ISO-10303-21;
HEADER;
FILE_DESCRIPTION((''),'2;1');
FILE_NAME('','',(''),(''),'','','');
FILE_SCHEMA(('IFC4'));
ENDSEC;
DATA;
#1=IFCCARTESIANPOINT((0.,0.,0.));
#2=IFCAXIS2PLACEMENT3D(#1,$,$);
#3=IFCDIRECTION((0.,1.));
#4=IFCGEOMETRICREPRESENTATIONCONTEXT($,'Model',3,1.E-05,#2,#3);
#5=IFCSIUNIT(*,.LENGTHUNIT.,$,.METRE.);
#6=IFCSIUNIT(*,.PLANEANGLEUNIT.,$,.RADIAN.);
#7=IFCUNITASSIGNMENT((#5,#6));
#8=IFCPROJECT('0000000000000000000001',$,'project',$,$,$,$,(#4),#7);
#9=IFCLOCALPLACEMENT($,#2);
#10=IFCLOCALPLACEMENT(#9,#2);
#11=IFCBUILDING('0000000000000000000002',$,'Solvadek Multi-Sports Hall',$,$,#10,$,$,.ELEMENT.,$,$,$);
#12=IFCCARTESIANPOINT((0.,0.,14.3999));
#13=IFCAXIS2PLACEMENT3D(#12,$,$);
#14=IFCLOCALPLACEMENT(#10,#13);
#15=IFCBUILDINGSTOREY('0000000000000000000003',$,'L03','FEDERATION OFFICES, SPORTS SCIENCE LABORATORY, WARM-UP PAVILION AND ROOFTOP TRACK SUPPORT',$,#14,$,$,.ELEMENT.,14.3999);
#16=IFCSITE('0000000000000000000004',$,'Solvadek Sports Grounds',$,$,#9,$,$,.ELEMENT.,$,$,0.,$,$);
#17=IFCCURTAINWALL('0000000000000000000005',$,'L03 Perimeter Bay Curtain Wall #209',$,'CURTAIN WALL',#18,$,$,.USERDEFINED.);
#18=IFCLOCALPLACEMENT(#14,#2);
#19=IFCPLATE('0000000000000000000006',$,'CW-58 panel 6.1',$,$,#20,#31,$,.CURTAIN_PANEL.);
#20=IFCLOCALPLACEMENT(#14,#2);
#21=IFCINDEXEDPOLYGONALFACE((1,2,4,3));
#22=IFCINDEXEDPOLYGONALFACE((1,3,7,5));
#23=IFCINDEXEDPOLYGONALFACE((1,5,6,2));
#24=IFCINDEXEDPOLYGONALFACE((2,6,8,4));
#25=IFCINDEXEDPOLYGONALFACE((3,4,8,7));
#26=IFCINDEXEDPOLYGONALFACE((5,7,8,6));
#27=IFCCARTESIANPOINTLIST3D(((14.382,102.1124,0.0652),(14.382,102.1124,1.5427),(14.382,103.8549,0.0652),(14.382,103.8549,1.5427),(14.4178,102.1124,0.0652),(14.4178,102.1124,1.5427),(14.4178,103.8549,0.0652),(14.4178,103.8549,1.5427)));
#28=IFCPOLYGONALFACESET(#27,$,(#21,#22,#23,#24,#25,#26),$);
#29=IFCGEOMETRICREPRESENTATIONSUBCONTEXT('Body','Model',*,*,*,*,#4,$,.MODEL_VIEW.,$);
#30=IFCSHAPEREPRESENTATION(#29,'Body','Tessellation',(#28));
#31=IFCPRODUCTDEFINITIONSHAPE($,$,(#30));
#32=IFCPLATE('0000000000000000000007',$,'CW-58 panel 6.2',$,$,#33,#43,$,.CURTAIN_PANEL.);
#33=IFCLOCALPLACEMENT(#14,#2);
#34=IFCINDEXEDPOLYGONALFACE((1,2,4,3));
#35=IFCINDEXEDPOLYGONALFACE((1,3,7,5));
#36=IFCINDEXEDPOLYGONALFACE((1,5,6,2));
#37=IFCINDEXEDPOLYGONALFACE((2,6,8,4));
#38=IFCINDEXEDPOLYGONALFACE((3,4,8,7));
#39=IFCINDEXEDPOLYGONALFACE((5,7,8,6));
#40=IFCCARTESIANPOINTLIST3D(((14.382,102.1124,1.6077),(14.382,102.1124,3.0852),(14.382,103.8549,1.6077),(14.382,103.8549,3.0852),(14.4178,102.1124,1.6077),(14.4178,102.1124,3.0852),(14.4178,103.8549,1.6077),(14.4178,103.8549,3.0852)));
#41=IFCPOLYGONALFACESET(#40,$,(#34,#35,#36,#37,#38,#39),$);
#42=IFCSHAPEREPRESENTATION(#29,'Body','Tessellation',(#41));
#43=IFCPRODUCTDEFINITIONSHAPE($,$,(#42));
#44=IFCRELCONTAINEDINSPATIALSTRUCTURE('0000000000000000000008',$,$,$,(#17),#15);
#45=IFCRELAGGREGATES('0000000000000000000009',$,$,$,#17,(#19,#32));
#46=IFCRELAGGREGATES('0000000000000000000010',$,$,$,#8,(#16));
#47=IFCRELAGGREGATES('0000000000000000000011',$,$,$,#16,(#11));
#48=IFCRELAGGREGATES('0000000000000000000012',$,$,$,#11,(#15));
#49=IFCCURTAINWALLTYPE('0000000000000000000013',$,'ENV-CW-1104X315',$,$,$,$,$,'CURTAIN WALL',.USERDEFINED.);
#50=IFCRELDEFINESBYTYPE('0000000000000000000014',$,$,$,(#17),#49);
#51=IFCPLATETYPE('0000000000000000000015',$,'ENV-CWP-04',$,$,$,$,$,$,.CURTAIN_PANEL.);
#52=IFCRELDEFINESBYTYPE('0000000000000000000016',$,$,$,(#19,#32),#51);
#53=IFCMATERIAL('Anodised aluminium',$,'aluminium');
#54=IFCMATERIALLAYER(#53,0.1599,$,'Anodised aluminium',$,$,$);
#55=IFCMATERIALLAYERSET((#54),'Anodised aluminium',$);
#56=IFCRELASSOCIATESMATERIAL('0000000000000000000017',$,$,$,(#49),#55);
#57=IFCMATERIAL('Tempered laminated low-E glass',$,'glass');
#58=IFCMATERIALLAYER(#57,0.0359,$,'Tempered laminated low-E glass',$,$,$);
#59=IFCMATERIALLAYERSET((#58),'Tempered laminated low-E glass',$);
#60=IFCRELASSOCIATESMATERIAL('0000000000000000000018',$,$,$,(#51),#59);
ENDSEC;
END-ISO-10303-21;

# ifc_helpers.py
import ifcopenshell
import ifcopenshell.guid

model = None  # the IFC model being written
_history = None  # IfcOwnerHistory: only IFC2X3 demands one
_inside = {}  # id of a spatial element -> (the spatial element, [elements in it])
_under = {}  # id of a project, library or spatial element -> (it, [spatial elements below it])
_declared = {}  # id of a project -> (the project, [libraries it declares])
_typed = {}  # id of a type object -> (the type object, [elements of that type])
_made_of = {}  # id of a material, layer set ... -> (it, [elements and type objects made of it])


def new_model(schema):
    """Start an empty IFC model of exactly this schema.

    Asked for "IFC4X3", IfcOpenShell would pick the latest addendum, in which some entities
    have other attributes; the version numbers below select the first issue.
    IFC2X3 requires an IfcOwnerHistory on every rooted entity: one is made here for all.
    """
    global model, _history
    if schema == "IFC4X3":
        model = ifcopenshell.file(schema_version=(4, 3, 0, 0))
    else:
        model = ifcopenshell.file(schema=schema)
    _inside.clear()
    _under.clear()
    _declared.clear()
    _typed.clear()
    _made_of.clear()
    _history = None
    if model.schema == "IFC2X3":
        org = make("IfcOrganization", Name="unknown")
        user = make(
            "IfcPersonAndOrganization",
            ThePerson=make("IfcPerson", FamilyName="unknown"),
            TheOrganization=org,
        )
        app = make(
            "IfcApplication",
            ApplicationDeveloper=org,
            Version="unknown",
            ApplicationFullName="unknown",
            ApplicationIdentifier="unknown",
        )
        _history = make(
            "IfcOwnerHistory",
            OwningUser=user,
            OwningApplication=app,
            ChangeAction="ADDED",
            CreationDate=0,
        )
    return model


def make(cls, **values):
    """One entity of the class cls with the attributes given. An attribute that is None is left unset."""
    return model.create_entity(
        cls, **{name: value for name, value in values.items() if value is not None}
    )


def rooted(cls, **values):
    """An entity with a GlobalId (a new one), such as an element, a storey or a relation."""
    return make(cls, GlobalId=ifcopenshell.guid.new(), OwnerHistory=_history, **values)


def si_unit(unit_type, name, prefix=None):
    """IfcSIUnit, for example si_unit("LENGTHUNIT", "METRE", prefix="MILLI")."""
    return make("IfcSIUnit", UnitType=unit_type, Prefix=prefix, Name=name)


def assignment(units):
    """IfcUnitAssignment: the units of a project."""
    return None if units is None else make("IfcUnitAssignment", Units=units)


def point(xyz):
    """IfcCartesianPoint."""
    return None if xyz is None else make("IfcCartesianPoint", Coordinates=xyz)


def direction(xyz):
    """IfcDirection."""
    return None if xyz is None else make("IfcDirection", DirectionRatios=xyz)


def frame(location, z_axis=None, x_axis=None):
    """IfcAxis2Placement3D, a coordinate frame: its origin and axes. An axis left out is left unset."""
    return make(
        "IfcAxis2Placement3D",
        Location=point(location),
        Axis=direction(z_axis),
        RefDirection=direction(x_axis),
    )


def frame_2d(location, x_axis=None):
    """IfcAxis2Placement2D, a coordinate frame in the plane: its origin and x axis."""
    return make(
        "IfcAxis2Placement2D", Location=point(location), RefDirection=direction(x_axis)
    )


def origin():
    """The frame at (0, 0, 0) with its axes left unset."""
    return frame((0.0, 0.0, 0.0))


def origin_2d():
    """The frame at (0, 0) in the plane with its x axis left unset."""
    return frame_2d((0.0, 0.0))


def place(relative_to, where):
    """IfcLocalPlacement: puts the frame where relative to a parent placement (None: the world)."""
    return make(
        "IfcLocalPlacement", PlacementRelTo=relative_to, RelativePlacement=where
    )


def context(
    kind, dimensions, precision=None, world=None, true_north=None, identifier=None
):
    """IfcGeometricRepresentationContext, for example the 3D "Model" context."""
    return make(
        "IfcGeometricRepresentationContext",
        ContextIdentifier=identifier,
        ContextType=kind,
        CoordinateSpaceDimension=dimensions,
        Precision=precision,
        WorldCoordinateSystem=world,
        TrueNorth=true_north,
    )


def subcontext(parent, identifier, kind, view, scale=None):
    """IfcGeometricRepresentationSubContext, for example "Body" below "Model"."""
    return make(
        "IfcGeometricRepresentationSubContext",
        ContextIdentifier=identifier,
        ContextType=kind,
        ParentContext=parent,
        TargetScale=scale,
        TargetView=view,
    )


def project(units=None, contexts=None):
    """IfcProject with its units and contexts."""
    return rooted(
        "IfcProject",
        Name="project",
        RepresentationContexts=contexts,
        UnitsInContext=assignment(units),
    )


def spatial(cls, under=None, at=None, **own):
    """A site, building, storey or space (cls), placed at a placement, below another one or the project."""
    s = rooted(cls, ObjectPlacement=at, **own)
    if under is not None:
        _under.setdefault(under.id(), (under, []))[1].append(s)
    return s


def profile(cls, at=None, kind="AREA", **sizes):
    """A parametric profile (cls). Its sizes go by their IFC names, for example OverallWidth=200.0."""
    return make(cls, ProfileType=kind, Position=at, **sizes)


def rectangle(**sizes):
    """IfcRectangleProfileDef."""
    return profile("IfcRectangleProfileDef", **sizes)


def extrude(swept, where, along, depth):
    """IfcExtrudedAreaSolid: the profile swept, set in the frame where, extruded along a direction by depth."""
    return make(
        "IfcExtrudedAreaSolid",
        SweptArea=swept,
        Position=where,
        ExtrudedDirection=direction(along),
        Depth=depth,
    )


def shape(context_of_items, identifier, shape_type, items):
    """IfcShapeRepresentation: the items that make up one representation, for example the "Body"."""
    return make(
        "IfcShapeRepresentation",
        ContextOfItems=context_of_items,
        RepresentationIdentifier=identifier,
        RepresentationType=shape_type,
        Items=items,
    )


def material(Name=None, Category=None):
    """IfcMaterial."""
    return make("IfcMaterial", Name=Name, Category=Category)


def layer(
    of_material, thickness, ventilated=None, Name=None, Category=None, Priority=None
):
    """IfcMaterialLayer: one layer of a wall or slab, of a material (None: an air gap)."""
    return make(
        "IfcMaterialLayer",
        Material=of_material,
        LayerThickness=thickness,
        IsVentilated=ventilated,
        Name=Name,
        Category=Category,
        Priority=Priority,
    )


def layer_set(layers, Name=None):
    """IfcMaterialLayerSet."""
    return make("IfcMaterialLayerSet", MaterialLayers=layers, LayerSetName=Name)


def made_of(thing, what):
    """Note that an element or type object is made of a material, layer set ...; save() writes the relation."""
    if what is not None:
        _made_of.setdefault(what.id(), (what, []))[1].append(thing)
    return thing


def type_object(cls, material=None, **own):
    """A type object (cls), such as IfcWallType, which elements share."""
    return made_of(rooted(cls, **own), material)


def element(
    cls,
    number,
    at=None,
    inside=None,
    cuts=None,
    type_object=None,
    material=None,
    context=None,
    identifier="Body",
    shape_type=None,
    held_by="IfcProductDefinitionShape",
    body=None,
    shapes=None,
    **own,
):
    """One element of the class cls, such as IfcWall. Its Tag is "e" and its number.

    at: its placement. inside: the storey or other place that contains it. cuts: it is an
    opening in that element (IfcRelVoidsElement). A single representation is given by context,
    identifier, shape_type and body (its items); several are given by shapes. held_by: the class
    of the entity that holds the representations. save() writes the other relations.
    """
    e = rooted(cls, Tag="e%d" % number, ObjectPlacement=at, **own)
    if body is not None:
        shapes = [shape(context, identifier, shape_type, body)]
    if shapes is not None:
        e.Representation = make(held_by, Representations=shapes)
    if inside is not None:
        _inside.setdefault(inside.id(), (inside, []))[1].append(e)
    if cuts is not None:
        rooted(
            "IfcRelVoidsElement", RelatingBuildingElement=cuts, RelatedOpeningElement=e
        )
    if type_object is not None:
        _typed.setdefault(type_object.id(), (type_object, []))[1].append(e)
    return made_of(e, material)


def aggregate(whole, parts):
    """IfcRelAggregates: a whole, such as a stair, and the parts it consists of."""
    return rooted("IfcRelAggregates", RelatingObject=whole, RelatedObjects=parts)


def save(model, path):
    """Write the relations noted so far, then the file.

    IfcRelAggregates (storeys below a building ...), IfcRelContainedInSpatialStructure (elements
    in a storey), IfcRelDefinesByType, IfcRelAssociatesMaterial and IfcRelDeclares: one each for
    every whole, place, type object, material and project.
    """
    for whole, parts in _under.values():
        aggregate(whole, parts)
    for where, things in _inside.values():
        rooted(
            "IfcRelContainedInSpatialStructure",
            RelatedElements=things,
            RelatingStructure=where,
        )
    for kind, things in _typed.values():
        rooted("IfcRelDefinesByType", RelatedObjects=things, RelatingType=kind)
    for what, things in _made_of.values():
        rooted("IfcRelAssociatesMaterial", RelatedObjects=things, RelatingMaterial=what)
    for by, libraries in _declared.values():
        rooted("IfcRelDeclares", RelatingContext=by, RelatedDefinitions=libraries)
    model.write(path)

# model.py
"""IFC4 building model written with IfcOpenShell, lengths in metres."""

from ifc_helpers import new_model, si_unit, direction, frame, origin, origin_2d, place, context, subcontext, project, spatial, rectangle, extrude, material, layer, layer_set, type_object, element, aggregate, save


model = new_model("IFC4")

# Units and contexts
model_context = context("Model", 3, precision=1e-05, world=origin(), true_north=direction((0.0, 1.0)))
body_context = subcontext(model_context, "Body", "Model", "MODEL_VIEW")
ifc_project = project(units=[si_unit("LENGTHUNIT", "METRE"), si_unit("PLANEANGLEUNIT", "RADIAN")], contexts=[model_context])

# Site, building, storey
site_placement = place(None, origin())
site = spatial("IfcSite", under=ifc_project, at=site_placement, Name="Solvadek Sports Grounds", CompositionType="ELEMENT", RefElevation=0.0)
building_placement = place(site_placement, origin())
building = spatial("IfcBuilding", under=site, at=building_placement, Name="Solvadek Multi-Sports Hall", CompositionType="ELEMENT")
storey_placement = place(building_placement, frame((0.0, 0.0, 14.3999)))
storey = spatial("IfcBuildingStorey", under=building, at=storey_placement, Name="L03", Description="FEDERATION OFFICES, SPORTS SCIENCE LABORATORY, WARM-UP PAVILION AND ROOFTOP TRACK SUPPORT", CompositionType="ELEMENT", Elevation=14.3999)

# Curtain wall
ifc_material_1 = material(Name="Anodised aluminium", Category="aluminium")
ifc_layer_1 = layer(ifc_material_1, 0.1599, Name="Anodised aluminium")
ifc_layer_set_1 = layer_set([ifc_layer_1], Name="Anodised aluminium")
curtain_wall_type_1 = type_object("IfcCurtainWallType", Name="ENV-CW-1104X315", ElementType="CURTAIN WALL", PredefinedType="USERDEFINED", material=ifc_layer_set_1)
curtain_wall_1_placement = place(storey_placement, origin())
curtain_wall_1 = element("IfcCurtainWall", 1, at=curtain_wall_1_placement, inside=storey, type_object=curtain_wall_type_1, Name="L03 Perimeter Bay Curtain Wall #209", ObjectType="CURTAIN WALL", PredefinedType="USERDEFINED")

# Plates
ifc_material_2 = material(Name="Tempered laminated low-E glass", Category="glass")
ifc_layer_2 = layer(ifc_material_2, 0.0359, Name="Tempered laminated low-E glass")
ifc_layer_set_2 = layer_set([ifc_layer_2], Name="Tempered laminated low-E glass")
plate_type_1 = type_object("IfcPlateType", Name="ENV-CWP-04", PredefinedType="CURTAIN_PANEL", material=ifc_layer_set_2)
plate_1_placement = place(storey_placement, frame((14.3999, 102.9836, 0.0652), z_axis=(0.0, 0.0, 1.0), x_axis=(0.0, 1.0, 0.0)))
plate_1 = element("IfcPlate", 2, at=plate_1_placement, type_object=plate_type_1, Name="CW-58 panel 6.1", PredefinedType="CURTAIN_PANEL", context=body_context, shape_type="SweptSolid", body=[
    extrude(rectangle(XDim=1.7424, YDim=0.0359, at=origin_2d()), origin(), (0.0, 0.0, 1.0), 1.4775),
])
plate_2_placement = place(storey_placement, frame((14.3999, 102.9836, 1.6077), z_axis=(0.0, 0.0, 1.0), x_axis=(0.0, 1.0, 0.0)))
plate_2 = element("IfcPlate", 3, at=plate_2_placement, type_object=plate_type_1, Name="CW-58 panel 6.2", PredefinedType="CURTAIN_PANEL", context=body_context, shape_type="SweptSolid", body=[
    extrude(rectangle(XDim=1.7424, YDim=0.0359, at=origin_2d()), origin(), (0.0, 0.0, 1.0), 1.4775),
])
aggregate(curtain_wall_1, [plate_1, plate_2])

save(model, "model.ifc")
